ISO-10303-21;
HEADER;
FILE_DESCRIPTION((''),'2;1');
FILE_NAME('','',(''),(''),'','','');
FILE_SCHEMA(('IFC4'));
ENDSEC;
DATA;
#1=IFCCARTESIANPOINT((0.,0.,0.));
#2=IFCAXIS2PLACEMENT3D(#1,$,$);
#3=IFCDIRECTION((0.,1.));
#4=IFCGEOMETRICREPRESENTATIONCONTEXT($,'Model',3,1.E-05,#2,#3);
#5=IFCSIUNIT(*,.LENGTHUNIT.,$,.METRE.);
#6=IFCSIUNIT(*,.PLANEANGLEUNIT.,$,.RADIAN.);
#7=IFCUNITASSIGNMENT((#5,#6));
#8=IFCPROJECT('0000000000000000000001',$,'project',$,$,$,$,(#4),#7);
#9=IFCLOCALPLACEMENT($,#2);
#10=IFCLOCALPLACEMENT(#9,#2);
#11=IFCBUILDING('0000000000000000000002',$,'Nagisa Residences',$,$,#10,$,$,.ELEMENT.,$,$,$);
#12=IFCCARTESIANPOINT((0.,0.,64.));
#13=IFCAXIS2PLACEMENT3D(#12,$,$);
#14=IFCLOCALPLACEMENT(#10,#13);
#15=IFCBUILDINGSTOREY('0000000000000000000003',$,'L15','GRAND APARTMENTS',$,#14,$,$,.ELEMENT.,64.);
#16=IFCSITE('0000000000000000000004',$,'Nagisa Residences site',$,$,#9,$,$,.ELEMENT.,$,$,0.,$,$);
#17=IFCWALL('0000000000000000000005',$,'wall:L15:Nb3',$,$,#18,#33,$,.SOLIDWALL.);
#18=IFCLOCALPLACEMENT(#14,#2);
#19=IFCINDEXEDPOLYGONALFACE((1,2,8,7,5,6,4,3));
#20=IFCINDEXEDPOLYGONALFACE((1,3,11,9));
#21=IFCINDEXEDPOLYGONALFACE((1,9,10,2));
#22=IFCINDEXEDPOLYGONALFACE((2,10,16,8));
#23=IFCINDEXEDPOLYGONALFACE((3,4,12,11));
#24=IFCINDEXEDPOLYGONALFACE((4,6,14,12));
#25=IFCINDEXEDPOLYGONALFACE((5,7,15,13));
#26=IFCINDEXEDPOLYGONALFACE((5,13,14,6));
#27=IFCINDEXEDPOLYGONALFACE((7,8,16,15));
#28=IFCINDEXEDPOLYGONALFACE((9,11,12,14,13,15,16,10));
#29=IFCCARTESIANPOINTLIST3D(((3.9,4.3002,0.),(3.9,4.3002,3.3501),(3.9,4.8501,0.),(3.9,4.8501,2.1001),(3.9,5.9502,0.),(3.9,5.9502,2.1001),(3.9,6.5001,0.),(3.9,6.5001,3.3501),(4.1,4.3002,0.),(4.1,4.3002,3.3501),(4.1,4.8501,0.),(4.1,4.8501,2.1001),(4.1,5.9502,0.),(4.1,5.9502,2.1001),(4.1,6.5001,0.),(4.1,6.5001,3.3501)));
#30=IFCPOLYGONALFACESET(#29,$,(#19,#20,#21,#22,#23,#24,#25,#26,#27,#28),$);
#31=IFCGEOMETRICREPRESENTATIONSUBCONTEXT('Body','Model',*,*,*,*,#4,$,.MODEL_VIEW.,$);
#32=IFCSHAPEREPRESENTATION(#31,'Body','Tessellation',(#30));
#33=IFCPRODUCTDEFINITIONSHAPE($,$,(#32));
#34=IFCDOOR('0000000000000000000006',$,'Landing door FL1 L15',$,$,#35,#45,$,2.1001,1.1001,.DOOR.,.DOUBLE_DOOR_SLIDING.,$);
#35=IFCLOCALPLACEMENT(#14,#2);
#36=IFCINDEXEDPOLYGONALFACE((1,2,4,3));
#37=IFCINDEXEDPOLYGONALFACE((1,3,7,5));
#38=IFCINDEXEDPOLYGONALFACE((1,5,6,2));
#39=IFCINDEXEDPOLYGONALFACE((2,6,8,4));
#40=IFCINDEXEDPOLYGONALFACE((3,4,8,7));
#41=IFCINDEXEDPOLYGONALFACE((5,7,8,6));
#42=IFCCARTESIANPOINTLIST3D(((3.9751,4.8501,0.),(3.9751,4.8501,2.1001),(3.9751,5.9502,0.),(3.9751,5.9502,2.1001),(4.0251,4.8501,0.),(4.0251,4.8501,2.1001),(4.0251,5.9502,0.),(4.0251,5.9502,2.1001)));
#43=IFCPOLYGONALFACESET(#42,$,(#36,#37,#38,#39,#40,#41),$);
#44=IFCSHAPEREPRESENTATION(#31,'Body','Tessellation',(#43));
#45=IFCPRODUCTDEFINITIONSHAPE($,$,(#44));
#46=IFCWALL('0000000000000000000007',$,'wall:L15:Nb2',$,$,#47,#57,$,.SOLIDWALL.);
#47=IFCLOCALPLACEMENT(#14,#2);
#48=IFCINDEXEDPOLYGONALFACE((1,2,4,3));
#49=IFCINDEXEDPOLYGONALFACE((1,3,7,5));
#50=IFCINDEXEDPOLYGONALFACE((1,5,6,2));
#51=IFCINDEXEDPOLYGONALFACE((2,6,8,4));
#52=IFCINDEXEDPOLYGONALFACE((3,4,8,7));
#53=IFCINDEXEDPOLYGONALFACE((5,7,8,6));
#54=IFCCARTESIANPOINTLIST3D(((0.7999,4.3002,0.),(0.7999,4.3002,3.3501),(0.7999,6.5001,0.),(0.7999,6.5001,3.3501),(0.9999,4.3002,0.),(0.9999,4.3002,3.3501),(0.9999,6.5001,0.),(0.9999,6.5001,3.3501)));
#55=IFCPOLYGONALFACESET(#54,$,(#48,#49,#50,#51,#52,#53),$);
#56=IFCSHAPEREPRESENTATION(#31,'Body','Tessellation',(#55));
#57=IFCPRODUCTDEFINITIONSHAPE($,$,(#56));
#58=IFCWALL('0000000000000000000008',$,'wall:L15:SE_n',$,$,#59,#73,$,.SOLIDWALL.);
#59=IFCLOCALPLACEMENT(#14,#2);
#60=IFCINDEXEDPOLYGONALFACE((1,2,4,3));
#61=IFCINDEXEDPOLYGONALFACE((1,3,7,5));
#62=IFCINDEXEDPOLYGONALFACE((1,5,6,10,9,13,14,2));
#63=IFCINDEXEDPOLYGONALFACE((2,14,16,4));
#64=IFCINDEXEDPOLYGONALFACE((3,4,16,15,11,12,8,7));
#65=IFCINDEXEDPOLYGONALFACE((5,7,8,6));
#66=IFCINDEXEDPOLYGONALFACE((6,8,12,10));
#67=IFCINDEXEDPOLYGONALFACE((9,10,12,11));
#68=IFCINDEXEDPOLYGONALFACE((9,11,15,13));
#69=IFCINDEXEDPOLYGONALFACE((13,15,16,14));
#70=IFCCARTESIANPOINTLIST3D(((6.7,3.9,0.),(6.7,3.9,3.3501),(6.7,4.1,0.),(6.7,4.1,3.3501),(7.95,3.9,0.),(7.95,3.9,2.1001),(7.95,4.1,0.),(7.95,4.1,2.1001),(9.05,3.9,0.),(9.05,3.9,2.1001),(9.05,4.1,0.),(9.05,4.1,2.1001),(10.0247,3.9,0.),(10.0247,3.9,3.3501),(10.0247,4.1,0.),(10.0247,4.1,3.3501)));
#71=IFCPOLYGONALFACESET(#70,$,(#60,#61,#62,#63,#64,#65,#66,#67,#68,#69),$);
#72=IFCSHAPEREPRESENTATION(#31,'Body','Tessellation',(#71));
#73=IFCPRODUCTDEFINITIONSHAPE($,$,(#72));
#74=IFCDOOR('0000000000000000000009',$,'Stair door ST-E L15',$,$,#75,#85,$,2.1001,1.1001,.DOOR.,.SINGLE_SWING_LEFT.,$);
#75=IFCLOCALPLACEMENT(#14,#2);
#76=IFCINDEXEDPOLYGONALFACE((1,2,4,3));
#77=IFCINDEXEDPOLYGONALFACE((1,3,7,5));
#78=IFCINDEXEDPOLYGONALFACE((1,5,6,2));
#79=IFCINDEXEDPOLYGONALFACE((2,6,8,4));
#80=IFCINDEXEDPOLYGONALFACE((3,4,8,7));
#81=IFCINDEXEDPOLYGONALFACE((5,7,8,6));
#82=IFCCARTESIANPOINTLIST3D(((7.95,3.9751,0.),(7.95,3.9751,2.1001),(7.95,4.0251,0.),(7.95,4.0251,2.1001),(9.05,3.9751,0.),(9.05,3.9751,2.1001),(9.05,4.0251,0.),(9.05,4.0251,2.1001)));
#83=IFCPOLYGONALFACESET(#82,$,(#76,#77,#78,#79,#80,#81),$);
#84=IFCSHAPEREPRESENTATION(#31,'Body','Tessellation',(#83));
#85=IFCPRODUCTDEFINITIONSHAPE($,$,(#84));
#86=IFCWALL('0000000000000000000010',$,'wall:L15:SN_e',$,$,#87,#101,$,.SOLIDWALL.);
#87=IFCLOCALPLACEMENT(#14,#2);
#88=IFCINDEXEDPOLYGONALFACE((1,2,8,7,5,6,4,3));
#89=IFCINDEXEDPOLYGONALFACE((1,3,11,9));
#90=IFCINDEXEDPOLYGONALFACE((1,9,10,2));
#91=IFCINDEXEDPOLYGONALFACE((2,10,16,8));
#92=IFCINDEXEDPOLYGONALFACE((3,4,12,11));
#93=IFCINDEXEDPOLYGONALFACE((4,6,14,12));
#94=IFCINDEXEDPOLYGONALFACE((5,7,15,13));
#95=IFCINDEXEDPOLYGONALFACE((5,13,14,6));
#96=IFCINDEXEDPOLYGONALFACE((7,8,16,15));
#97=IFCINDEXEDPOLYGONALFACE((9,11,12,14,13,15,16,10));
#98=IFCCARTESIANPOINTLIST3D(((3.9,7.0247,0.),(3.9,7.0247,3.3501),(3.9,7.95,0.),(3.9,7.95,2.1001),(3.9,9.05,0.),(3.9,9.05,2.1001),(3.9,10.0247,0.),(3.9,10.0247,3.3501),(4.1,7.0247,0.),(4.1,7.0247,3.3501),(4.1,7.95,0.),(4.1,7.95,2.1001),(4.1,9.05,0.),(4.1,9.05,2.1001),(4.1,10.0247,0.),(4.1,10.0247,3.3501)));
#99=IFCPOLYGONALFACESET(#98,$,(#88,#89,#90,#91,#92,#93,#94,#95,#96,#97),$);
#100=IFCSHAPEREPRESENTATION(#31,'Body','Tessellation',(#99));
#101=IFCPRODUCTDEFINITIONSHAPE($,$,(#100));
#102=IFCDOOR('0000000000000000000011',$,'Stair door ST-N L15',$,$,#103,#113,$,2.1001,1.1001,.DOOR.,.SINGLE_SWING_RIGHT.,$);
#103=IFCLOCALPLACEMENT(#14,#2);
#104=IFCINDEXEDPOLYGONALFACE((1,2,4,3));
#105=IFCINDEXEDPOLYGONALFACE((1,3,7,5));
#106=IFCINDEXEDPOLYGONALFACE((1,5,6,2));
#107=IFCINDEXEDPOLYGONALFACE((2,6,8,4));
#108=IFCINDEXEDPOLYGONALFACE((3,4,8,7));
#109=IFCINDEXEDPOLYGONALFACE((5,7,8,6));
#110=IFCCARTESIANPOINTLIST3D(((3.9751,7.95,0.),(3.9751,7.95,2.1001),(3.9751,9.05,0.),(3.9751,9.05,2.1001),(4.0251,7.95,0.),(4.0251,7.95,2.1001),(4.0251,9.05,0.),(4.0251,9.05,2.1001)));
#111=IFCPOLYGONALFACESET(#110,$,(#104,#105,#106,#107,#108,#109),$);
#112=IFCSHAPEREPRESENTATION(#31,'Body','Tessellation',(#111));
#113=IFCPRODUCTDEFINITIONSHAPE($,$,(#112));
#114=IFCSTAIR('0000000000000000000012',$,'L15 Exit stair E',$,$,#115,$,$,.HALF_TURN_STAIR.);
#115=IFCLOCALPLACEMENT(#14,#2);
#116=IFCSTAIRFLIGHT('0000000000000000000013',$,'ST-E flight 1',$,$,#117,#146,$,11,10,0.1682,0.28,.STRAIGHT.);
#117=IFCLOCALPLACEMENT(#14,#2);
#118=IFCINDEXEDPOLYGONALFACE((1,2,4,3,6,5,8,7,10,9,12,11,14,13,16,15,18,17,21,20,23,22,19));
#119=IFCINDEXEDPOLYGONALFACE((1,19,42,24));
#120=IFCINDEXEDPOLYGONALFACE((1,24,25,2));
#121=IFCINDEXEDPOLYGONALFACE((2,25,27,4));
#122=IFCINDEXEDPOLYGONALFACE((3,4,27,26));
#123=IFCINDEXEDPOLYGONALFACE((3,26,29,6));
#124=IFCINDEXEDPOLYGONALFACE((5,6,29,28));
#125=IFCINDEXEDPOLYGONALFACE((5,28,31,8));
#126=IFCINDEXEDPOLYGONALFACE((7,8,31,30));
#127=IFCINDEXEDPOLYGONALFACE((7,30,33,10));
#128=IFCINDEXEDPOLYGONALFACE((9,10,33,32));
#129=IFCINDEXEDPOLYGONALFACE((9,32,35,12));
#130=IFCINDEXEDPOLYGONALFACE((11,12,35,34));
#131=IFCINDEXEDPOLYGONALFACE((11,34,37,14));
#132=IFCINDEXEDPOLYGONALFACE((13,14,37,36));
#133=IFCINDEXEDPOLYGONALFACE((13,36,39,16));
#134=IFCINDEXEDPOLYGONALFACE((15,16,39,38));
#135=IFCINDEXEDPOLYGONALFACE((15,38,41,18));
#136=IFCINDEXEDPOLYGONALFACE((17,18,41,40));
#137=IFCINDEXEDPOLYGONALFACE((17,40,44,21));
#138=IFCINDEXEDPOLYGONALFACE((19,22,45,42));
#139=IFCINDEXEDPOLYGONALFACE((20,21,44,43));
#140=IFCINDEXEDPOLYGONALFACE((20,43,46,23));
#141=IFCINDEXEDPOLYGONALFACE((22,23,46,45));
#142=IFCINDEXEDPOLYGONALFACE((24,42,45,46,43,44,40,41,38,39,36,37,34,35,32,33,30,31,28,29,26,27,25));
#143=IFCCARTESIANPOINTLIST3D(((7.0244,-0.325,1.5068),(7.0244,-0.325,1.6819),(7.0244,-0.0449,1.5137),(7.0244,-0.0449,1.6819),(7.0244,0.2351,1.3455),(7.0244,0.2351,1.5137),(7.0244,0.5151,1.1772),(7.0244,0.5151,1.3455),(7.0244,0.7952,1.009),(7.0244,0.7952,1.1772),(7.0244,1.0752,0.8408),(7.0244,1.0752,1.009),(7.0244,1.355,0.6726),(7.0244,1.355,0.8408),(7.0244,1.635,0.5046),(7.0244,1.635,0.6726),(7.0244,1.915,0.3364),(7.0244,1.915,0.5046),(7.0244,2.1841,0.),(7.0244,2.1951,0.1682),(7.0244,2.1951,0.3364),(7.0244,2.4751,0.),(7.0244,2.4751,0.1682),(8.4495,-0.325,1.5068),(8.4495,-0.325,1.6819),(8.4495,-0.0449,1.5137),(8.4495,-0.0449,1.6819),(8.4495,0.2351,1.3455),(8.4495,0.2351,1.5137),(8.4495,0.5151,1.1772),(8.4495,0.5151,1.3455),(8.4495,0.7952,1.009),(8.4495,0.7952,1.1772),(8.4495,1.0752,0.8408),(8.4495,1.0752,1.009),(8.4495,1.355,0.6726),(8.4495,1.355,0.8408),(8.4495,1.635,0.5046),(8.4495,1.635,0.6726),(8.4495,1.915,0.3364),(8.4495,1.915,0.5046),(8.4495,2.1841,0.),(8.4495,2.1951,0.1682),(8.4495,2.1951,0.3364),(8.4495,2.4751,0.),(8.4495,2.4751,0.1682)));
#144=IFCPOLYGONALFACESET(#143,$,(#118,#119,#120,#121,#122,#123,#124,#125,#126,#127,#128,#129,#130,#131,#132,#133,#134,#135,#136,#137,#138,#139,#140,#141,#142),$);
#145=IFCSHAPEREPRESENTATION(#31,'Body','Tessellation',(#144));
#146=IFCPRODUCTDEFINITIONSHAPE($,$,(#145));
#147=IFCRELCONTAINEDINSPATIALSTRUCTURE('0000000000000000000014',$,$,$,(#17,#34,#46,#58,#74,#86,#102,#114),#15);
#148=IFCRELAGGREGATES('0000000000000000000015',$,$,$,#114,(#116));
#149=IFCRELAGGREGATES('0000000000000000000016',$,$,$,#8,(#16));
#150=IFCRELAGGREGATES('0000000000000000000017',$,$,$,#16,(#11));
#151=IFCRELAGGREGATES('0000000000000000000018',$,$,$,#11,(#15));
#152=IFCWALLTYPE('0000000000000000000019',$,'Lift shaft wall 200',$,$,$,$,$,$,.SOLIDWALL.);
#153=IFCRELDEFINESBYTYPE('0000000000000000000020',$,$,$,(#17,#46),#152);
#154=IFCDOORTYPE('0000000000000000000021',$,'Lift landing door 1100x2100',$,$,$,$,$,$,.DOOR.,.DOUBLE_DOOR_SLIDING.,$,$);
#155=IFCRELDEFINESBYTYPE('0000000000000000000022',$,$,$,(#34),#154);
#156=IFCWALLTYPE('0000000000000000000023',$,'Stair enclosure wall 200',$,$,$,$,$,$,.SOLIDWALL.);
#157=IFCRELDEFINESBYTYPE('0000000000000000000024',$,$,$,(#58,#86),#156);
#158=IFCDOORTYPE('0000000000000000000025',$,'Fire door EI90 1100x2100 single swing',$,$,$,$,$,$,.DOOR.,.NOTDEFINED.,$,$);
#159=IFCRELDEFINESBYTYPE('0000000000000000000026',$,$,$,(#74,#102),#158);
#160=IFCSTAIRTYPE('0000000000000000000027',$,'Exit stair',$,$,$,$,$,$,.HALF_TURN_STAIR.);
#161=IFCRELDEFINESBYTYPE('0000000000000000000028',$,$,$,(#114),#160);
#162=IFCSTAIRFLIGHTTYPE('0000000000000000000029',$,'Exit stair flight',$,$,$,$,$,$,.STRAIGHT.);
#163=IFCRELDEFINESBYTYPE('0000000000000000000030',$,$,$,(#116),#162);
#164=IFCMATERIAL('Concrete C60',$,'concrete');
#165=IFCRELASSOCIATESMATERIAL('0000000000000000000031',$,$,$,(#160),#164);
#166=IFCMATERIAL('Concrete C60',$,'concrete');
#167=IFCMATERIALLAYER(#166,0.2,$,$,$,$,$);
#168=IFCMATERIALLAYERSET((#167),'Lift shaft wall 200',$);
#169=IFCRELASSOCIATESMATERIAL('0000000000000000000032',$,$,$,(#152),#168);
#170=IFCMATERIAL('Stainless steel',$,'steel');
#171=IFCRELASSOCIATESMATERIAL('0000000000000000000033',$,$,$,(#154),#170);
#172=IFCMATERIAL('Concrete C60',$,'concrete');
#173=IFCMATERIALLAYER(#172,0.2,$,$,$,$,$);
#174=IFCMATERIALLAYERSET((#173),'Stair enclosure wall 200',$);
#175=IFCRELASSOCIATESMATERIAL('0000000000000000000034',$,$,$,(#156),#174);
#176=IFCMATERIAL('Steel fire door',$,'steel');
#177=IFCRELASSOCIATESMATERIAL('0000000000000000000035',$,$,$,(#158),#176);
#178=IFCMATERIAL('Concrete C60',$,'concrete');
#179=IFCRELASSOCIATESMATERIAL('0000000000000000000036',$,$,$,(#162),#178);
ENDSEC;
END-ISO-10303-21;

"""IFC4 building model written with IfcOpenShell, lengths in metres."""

from ifc_helpers import new_model, si_unit, direction, frame, frame_2d, origin, place, context, subcontext, project, spatial, polyline, rectangle, outline, extrude, material, layer, layer_set, type_object, element, fill, aggregate, save


model = new_model("IFC4")

# Units and contexts
model_context = context("Model", 3, precision=1e-05, world=origin(), true_north=direction((0.0, 1.0)))
body_context = subcontext(model_context, "Body", "Model", "MODEL_VIEW")
ifc_project = project(units=[si_unit("LENGTHUNIT", "METRE"), si_unit("PLANEANGLEUNIT", "RADIAN")], contexts=[model_context])

# Site, building, storey
site_placement = place(None, origin())
site = spatial("IfcSite", under=ifc_project, at=site_placement, Name="Nagisa Residences site", CompositionType="ELEMENT", RefElevation=0.0)
building_placement = place(site_placement, origin())
building = spatial("IfcBuilding", under=site, at=building_placement, Name="Nagisa Residences", CompositionType="ELEMENT")
storey_placement = place(building_placement, frame((0.0, 0.0, 64.0)))
storey = spatial("IfcBuildingStorey", under=building, at=storey_placement, Name="L15", Description="GRAND APARTMENTS", CompositionType="ELEMENT", Elevation=64.0)

# Shared definitions
ifc_material_1 = material(Name="Concrete C60", Category="concrete")
stair_type = type_object("IfcStairType", Name="Exit stair", PredefinedType="HALF_TURN_STAIR", material=ifc_material_1)

# Wall, opening, door
ifc_material_2 = material(Name="Concrete C60", Category="concrete")
ifc_layer_1 = layer(ifc_material_2, 0.2)
ifc_layer_set_1 = layer_set([ifc_layer_1], Name="Lift shaft wall 200")
wall_type_1 = type_object("IfcWallType", Name="Lift shaft wall 200", PredefinedType="SOLIDWALL", material=ifc_layer_set_1)
wall_1_placement = place(storey_placement, frame((4.0, 4.3, 0.0), z_axis=(0.0, 0.0, 1.0), x_axis=(0.0, 1.0, 0.0)))
wall_1 = element("IfcWall", 1, at=wall_1_placement, inside=storey, type_object=wall_type_1, Name="wall:L15:Nb3", PredefinedType="SOLIDWALL", context=body_context, shape_type="SweptSolid", body=[
    extrude(rectangle(XDim=2.2, YDim=0.2, at=frame_2d((1.1001, 0.0))), origin(), (0.0, 0.0, 1.0), 3.3501),
])
opening_1_placement = place(wall_1_placement, frame((0.55, 0.0, 0.0)))
opening_1 = element("IfcOpeningElement", 2, at=opening_1_placement, cuts=wall_1, PredefinedType="OPENING", context=body_context, shape_type="SweptSolid", body=[
    extrude(rectangle(XDim=1.1001, YDim=2.1001, at=frame_2d((0.55, 1.05))), frame((0.0, 0.1099, 0.0), z_axis=(0.0, -1.0, 0.0), x_axis=(1.0, 0.0, 0.0)), (0.0, 0.0, 1.0), 0.22),
])
ifc_material_3 = material(Name="Stainless steel", Category="steel")
door_type_1 = type_object("IfcDoorType", Name="Lift landing door 1100x2100", OperationType="DOUBLE_DOOR_SLIDING", PredefinedType="DOOR", material=ifc_material_3)
door_1_placement = place(opening_1_placement, origin())
door_1 = element("IfcDoor", 3, at=door_1_placement, inside=storey, type_object=door_type_1, Name="Landing door FL1 L15", OperationType="DOUBLE_DOOR_SLIDING", OverallHeight=2.1001, OverallWidth=1.1001, PredefinedType="DOOR", context=body_context, shape_type="SweptSolid", body=[
    extrude(rectangle(XDim=1.1001, YDim=2.1001, at=frame_2d((0.55, 1.05))), frame((0.0, 0.0249, 0.0), z_axis=(0.0, -1.0, 0.0), x_axis=(1.0, 0.0, 0.0)), (0.0, 0.0, 1.0), 0.05),
])
fill(opening_1, door_1)

# Wall
wall_2_placement = place(storey_placement, frame((0.8999, 4.3, 0.0), z_axis=(0.0, 0.0, 1.0), x_axis=(0.0, 1.0, 0.0)))
element("IfcWall", 4, at=wall_2_placement, inside=storey, type_object=wall_type_1, Name="wall:L15:Nb2", PredefinedType="SOLIDWALL", context=body_context, shape_type="SweptSolid", body=[
    extrude(rectangle(XDim=2.2, YDim=0.2, at=frame_2d((1.1001, 0.0))), origin(), (0.0, 0.0, 1.0), 3.3501),
])

# Walls, openings, doors
ifc_material_4 = material(Name="Concrete C60", Category="concrete")
ifc_layer_2 = layer(ifc_material_4, 0.2)
ifc_layer_set_2 = layer_set([ifc_layer_2], Name="Stair enclosure wall 200")
wall_type_2 = type_object("IfcWallType", Name="Stair enclosure wall 200", PredefinedType="SOLIDWALL", material=ifc_layer_set_2)
wall_3_placement = place(storey_placement, frame((6.7, 4.0, 0.0), z_axis=(0.0, 0.0, 1.0), x_axis=(1.0, 0.0, 0.0)))
wall_3 = element("IfcWall", 5, at=wall_3_placement, inside=storey, type_object=wall_type_2, Name="wall:L15:SE_n", PredefinedType="SOLIDWALL", context=body_context, shape_type="SweptSolid", body=[
    extrude(rectangle(XDim=3.3247, YDim=0.2, at=frame_2d((1.6624, 0.0))), origin(), (0.0, 0.0, 1.0), 3.3501),
])
opening_2_placement = place(wall_3_placement, frame((1.25, 0.0, 0.0)))
opening_2 = element("IfcOpeningElement", 6, at=opening_2_placement, cuts=wall_3, PredefinedType="OPENING", context=body_context, shape_type="SweptSolid", body=[
    extrude(rectangle(XDim=1.1001, YDim=2.1001, at=frame_2d((0.55, 1.05))), frame((0.0, 0.1099, 0.0), z_axis=(0.0, -1.0, 0.0), x_axis=(1.0, 0.0, 0.0)), (0.0, 0.0, 1.0), 0.22),
])
ifc_material_5 = material(Name="Steel fire door", Category="steel")
door_type_2 = type_object("IfcDoorType", Name="Fire door EI90 1100x2100 single swing", OperationType="NOTDEFINED", PredefinedType="DOOR", material=ifc_material_5)
door_2_placement = place(opening_2_placement, frame((1.1001, 0.0, 0.0), x_axis=(-1.0, 0.0, 0.0)))
door_2 = element("IfcDoor", 7, at=door_2_placement, inside=storey, type_object=door_type_2, Name="Stair door ST-E L15", OperationType="SINGLE_SWING_LEFT", OverallHeight=2.1001, OverallWidth=1.1001, PredefinedType="DOOR", context=body_context, shape_type="SweptSolid", body=[
    extrude(rectangle(XDim=1.1001, YDim=2.1001, at=frame_2d((0.55, 1.05))), frame((0.0, 0.0249, 0.0), z_axis=(0.0, -1.0, 0.0), x_axis=(1.0, 0.0, 0.0)), (0.0, 0.0, 1.0), 0.05),
])
fill(opening_2, door_2)
wall_4_placement = place(storey_placement, frame((4.0, 7.0247, 0.0), z_axis=(0.0, 0.0, 1.0), x_axis=(0.0, 1.0, 0.0)))
wall_4 = element("IfcWall", 8, at=wall_4_placement, inside=storey, type_object=wall_type_2, Name="wall:L15:SN_e", PredefinedType="SOLIDWALL", context=body_context, shape_type="SweptSolid", body=[
    extrude(rectangle(XDim=3.0, YDim=0.2, at=frame_2d((1.5, 0.0))), origin(), (0.0, 0.0, 1.0), 3.3501),
])
opening_3_placement = place(wall_4_placement, frame((0.9253, 0.0, 0.0)))
opening_3 = element("IfcOpeningElement", 9, at=opening_3_placement, cuts=wall_4, PredefinedType="OPENING", context=body_context, shape_type="SweptSolid", body=[
    extrude(rectangle(XDim=1.1001, YDim=2.1001, at=frame_2d((0.55, 1.05))), frame((0.0, 0.1099, 0.0), z_axis=(0.0, -1.0, 0.0), x_axis=(1.0, 0.0, 0.0)), (0.0, 0.0, 1.0), 0.22),
])
door_3_placement = place(opening_3_placement, origin())
door_3 = element("IfcDoor", 10, at=door_3_placement, inside=storey, type_object=door_type_2, Name="Stair door ST-N L15", OperationType="SINGLE_SWING_RIGHT", OverallHeight=2.1001, OverallWidth=1.1001, PredefinedType="DOOR", context=body_context, shape_type="SweptSolid", body=[
    extrude(rectangle(XDim=1.1001, YDim=2.1001, at=frame_2d((0.55, 1.05))), frame((0.0, 0.0249, 0.0), z_axis=(0.0, -1.0, 0.0), x_axis=(1.0, 0.0, 0.0)), (0.0, 0.0, 1.0), 0.05),
])
fill(opening_3, door_3)

# Stair, stair flight
stair_1_placement = place(storey_placement, origin())
stair_1 = element("IfcStair", 11, at=stair_1_placement, inside=storey, type_object=stair_type, Name="L15 Exit stair E", PredefinedType="HALF_TURN_STAIR")
ifc_material_6 = material(Name="Concrete C60", Category="concrete")
stair_flight_type = type_object("IfcStairFlightType", Name="Exit stair flight", PredefinedType="STRAIGHT", material=ifc_material_6)
stair_flight_placement = place(storey_placement, frame((7.7371, 2.4751, 0.0), z_axis=(0.0, 0.0, 1.0), x_axis=(0.0, -1.0, 0.0)))
stair_flight = element("IfcStairFlight", 12, at=stair_flight_placement, type_object=stair_flight_type, Name="ST-E flight 1", NumberOfRisers=11, NumberOfTreads=10, PredefinedType="STRAIGHT", RiserHeight=0.1682, TreadLength=0.28, context=body_context, shape_type="SweptSolid", body=[
    extrude(outline(polyline([(0.0, 0.0), (0.0, 0.1682), (0.28, 0.1682), (0.28, 0.3364), (0.5601, 0.3364), (0.5601, 0.5046), (0.8401, 0.5046), (0.8401, 0.6726), (1.1201, 0.6726), (1.1201, 0.8408), (1.3999, 0.8408), (1.3999, 1.009), (1.6799, 1.009), (1.6799, 1.1772), (1.96, 1.1772), (1.96, 1.3455), (2.24, 1.3455), (2.24, 1.5137), (2.52, 1.5137), (2.52, 1.6819), (2.8, 1.6819), (2.8, 1.8501), (2.8, 1.5068), (0.291, 0.0), (0.0, 0.0)])), frame((0.0, 0.7124, 0.0), z_axis=(0.0, -1.0, 0.0), x_axis=(1.0, 0.0, 0.0)), (0.0, 0.0, 1.0), 1.425),
])
aggregate(stair_1, [stair_flight])

save(model, "model.ifc")
